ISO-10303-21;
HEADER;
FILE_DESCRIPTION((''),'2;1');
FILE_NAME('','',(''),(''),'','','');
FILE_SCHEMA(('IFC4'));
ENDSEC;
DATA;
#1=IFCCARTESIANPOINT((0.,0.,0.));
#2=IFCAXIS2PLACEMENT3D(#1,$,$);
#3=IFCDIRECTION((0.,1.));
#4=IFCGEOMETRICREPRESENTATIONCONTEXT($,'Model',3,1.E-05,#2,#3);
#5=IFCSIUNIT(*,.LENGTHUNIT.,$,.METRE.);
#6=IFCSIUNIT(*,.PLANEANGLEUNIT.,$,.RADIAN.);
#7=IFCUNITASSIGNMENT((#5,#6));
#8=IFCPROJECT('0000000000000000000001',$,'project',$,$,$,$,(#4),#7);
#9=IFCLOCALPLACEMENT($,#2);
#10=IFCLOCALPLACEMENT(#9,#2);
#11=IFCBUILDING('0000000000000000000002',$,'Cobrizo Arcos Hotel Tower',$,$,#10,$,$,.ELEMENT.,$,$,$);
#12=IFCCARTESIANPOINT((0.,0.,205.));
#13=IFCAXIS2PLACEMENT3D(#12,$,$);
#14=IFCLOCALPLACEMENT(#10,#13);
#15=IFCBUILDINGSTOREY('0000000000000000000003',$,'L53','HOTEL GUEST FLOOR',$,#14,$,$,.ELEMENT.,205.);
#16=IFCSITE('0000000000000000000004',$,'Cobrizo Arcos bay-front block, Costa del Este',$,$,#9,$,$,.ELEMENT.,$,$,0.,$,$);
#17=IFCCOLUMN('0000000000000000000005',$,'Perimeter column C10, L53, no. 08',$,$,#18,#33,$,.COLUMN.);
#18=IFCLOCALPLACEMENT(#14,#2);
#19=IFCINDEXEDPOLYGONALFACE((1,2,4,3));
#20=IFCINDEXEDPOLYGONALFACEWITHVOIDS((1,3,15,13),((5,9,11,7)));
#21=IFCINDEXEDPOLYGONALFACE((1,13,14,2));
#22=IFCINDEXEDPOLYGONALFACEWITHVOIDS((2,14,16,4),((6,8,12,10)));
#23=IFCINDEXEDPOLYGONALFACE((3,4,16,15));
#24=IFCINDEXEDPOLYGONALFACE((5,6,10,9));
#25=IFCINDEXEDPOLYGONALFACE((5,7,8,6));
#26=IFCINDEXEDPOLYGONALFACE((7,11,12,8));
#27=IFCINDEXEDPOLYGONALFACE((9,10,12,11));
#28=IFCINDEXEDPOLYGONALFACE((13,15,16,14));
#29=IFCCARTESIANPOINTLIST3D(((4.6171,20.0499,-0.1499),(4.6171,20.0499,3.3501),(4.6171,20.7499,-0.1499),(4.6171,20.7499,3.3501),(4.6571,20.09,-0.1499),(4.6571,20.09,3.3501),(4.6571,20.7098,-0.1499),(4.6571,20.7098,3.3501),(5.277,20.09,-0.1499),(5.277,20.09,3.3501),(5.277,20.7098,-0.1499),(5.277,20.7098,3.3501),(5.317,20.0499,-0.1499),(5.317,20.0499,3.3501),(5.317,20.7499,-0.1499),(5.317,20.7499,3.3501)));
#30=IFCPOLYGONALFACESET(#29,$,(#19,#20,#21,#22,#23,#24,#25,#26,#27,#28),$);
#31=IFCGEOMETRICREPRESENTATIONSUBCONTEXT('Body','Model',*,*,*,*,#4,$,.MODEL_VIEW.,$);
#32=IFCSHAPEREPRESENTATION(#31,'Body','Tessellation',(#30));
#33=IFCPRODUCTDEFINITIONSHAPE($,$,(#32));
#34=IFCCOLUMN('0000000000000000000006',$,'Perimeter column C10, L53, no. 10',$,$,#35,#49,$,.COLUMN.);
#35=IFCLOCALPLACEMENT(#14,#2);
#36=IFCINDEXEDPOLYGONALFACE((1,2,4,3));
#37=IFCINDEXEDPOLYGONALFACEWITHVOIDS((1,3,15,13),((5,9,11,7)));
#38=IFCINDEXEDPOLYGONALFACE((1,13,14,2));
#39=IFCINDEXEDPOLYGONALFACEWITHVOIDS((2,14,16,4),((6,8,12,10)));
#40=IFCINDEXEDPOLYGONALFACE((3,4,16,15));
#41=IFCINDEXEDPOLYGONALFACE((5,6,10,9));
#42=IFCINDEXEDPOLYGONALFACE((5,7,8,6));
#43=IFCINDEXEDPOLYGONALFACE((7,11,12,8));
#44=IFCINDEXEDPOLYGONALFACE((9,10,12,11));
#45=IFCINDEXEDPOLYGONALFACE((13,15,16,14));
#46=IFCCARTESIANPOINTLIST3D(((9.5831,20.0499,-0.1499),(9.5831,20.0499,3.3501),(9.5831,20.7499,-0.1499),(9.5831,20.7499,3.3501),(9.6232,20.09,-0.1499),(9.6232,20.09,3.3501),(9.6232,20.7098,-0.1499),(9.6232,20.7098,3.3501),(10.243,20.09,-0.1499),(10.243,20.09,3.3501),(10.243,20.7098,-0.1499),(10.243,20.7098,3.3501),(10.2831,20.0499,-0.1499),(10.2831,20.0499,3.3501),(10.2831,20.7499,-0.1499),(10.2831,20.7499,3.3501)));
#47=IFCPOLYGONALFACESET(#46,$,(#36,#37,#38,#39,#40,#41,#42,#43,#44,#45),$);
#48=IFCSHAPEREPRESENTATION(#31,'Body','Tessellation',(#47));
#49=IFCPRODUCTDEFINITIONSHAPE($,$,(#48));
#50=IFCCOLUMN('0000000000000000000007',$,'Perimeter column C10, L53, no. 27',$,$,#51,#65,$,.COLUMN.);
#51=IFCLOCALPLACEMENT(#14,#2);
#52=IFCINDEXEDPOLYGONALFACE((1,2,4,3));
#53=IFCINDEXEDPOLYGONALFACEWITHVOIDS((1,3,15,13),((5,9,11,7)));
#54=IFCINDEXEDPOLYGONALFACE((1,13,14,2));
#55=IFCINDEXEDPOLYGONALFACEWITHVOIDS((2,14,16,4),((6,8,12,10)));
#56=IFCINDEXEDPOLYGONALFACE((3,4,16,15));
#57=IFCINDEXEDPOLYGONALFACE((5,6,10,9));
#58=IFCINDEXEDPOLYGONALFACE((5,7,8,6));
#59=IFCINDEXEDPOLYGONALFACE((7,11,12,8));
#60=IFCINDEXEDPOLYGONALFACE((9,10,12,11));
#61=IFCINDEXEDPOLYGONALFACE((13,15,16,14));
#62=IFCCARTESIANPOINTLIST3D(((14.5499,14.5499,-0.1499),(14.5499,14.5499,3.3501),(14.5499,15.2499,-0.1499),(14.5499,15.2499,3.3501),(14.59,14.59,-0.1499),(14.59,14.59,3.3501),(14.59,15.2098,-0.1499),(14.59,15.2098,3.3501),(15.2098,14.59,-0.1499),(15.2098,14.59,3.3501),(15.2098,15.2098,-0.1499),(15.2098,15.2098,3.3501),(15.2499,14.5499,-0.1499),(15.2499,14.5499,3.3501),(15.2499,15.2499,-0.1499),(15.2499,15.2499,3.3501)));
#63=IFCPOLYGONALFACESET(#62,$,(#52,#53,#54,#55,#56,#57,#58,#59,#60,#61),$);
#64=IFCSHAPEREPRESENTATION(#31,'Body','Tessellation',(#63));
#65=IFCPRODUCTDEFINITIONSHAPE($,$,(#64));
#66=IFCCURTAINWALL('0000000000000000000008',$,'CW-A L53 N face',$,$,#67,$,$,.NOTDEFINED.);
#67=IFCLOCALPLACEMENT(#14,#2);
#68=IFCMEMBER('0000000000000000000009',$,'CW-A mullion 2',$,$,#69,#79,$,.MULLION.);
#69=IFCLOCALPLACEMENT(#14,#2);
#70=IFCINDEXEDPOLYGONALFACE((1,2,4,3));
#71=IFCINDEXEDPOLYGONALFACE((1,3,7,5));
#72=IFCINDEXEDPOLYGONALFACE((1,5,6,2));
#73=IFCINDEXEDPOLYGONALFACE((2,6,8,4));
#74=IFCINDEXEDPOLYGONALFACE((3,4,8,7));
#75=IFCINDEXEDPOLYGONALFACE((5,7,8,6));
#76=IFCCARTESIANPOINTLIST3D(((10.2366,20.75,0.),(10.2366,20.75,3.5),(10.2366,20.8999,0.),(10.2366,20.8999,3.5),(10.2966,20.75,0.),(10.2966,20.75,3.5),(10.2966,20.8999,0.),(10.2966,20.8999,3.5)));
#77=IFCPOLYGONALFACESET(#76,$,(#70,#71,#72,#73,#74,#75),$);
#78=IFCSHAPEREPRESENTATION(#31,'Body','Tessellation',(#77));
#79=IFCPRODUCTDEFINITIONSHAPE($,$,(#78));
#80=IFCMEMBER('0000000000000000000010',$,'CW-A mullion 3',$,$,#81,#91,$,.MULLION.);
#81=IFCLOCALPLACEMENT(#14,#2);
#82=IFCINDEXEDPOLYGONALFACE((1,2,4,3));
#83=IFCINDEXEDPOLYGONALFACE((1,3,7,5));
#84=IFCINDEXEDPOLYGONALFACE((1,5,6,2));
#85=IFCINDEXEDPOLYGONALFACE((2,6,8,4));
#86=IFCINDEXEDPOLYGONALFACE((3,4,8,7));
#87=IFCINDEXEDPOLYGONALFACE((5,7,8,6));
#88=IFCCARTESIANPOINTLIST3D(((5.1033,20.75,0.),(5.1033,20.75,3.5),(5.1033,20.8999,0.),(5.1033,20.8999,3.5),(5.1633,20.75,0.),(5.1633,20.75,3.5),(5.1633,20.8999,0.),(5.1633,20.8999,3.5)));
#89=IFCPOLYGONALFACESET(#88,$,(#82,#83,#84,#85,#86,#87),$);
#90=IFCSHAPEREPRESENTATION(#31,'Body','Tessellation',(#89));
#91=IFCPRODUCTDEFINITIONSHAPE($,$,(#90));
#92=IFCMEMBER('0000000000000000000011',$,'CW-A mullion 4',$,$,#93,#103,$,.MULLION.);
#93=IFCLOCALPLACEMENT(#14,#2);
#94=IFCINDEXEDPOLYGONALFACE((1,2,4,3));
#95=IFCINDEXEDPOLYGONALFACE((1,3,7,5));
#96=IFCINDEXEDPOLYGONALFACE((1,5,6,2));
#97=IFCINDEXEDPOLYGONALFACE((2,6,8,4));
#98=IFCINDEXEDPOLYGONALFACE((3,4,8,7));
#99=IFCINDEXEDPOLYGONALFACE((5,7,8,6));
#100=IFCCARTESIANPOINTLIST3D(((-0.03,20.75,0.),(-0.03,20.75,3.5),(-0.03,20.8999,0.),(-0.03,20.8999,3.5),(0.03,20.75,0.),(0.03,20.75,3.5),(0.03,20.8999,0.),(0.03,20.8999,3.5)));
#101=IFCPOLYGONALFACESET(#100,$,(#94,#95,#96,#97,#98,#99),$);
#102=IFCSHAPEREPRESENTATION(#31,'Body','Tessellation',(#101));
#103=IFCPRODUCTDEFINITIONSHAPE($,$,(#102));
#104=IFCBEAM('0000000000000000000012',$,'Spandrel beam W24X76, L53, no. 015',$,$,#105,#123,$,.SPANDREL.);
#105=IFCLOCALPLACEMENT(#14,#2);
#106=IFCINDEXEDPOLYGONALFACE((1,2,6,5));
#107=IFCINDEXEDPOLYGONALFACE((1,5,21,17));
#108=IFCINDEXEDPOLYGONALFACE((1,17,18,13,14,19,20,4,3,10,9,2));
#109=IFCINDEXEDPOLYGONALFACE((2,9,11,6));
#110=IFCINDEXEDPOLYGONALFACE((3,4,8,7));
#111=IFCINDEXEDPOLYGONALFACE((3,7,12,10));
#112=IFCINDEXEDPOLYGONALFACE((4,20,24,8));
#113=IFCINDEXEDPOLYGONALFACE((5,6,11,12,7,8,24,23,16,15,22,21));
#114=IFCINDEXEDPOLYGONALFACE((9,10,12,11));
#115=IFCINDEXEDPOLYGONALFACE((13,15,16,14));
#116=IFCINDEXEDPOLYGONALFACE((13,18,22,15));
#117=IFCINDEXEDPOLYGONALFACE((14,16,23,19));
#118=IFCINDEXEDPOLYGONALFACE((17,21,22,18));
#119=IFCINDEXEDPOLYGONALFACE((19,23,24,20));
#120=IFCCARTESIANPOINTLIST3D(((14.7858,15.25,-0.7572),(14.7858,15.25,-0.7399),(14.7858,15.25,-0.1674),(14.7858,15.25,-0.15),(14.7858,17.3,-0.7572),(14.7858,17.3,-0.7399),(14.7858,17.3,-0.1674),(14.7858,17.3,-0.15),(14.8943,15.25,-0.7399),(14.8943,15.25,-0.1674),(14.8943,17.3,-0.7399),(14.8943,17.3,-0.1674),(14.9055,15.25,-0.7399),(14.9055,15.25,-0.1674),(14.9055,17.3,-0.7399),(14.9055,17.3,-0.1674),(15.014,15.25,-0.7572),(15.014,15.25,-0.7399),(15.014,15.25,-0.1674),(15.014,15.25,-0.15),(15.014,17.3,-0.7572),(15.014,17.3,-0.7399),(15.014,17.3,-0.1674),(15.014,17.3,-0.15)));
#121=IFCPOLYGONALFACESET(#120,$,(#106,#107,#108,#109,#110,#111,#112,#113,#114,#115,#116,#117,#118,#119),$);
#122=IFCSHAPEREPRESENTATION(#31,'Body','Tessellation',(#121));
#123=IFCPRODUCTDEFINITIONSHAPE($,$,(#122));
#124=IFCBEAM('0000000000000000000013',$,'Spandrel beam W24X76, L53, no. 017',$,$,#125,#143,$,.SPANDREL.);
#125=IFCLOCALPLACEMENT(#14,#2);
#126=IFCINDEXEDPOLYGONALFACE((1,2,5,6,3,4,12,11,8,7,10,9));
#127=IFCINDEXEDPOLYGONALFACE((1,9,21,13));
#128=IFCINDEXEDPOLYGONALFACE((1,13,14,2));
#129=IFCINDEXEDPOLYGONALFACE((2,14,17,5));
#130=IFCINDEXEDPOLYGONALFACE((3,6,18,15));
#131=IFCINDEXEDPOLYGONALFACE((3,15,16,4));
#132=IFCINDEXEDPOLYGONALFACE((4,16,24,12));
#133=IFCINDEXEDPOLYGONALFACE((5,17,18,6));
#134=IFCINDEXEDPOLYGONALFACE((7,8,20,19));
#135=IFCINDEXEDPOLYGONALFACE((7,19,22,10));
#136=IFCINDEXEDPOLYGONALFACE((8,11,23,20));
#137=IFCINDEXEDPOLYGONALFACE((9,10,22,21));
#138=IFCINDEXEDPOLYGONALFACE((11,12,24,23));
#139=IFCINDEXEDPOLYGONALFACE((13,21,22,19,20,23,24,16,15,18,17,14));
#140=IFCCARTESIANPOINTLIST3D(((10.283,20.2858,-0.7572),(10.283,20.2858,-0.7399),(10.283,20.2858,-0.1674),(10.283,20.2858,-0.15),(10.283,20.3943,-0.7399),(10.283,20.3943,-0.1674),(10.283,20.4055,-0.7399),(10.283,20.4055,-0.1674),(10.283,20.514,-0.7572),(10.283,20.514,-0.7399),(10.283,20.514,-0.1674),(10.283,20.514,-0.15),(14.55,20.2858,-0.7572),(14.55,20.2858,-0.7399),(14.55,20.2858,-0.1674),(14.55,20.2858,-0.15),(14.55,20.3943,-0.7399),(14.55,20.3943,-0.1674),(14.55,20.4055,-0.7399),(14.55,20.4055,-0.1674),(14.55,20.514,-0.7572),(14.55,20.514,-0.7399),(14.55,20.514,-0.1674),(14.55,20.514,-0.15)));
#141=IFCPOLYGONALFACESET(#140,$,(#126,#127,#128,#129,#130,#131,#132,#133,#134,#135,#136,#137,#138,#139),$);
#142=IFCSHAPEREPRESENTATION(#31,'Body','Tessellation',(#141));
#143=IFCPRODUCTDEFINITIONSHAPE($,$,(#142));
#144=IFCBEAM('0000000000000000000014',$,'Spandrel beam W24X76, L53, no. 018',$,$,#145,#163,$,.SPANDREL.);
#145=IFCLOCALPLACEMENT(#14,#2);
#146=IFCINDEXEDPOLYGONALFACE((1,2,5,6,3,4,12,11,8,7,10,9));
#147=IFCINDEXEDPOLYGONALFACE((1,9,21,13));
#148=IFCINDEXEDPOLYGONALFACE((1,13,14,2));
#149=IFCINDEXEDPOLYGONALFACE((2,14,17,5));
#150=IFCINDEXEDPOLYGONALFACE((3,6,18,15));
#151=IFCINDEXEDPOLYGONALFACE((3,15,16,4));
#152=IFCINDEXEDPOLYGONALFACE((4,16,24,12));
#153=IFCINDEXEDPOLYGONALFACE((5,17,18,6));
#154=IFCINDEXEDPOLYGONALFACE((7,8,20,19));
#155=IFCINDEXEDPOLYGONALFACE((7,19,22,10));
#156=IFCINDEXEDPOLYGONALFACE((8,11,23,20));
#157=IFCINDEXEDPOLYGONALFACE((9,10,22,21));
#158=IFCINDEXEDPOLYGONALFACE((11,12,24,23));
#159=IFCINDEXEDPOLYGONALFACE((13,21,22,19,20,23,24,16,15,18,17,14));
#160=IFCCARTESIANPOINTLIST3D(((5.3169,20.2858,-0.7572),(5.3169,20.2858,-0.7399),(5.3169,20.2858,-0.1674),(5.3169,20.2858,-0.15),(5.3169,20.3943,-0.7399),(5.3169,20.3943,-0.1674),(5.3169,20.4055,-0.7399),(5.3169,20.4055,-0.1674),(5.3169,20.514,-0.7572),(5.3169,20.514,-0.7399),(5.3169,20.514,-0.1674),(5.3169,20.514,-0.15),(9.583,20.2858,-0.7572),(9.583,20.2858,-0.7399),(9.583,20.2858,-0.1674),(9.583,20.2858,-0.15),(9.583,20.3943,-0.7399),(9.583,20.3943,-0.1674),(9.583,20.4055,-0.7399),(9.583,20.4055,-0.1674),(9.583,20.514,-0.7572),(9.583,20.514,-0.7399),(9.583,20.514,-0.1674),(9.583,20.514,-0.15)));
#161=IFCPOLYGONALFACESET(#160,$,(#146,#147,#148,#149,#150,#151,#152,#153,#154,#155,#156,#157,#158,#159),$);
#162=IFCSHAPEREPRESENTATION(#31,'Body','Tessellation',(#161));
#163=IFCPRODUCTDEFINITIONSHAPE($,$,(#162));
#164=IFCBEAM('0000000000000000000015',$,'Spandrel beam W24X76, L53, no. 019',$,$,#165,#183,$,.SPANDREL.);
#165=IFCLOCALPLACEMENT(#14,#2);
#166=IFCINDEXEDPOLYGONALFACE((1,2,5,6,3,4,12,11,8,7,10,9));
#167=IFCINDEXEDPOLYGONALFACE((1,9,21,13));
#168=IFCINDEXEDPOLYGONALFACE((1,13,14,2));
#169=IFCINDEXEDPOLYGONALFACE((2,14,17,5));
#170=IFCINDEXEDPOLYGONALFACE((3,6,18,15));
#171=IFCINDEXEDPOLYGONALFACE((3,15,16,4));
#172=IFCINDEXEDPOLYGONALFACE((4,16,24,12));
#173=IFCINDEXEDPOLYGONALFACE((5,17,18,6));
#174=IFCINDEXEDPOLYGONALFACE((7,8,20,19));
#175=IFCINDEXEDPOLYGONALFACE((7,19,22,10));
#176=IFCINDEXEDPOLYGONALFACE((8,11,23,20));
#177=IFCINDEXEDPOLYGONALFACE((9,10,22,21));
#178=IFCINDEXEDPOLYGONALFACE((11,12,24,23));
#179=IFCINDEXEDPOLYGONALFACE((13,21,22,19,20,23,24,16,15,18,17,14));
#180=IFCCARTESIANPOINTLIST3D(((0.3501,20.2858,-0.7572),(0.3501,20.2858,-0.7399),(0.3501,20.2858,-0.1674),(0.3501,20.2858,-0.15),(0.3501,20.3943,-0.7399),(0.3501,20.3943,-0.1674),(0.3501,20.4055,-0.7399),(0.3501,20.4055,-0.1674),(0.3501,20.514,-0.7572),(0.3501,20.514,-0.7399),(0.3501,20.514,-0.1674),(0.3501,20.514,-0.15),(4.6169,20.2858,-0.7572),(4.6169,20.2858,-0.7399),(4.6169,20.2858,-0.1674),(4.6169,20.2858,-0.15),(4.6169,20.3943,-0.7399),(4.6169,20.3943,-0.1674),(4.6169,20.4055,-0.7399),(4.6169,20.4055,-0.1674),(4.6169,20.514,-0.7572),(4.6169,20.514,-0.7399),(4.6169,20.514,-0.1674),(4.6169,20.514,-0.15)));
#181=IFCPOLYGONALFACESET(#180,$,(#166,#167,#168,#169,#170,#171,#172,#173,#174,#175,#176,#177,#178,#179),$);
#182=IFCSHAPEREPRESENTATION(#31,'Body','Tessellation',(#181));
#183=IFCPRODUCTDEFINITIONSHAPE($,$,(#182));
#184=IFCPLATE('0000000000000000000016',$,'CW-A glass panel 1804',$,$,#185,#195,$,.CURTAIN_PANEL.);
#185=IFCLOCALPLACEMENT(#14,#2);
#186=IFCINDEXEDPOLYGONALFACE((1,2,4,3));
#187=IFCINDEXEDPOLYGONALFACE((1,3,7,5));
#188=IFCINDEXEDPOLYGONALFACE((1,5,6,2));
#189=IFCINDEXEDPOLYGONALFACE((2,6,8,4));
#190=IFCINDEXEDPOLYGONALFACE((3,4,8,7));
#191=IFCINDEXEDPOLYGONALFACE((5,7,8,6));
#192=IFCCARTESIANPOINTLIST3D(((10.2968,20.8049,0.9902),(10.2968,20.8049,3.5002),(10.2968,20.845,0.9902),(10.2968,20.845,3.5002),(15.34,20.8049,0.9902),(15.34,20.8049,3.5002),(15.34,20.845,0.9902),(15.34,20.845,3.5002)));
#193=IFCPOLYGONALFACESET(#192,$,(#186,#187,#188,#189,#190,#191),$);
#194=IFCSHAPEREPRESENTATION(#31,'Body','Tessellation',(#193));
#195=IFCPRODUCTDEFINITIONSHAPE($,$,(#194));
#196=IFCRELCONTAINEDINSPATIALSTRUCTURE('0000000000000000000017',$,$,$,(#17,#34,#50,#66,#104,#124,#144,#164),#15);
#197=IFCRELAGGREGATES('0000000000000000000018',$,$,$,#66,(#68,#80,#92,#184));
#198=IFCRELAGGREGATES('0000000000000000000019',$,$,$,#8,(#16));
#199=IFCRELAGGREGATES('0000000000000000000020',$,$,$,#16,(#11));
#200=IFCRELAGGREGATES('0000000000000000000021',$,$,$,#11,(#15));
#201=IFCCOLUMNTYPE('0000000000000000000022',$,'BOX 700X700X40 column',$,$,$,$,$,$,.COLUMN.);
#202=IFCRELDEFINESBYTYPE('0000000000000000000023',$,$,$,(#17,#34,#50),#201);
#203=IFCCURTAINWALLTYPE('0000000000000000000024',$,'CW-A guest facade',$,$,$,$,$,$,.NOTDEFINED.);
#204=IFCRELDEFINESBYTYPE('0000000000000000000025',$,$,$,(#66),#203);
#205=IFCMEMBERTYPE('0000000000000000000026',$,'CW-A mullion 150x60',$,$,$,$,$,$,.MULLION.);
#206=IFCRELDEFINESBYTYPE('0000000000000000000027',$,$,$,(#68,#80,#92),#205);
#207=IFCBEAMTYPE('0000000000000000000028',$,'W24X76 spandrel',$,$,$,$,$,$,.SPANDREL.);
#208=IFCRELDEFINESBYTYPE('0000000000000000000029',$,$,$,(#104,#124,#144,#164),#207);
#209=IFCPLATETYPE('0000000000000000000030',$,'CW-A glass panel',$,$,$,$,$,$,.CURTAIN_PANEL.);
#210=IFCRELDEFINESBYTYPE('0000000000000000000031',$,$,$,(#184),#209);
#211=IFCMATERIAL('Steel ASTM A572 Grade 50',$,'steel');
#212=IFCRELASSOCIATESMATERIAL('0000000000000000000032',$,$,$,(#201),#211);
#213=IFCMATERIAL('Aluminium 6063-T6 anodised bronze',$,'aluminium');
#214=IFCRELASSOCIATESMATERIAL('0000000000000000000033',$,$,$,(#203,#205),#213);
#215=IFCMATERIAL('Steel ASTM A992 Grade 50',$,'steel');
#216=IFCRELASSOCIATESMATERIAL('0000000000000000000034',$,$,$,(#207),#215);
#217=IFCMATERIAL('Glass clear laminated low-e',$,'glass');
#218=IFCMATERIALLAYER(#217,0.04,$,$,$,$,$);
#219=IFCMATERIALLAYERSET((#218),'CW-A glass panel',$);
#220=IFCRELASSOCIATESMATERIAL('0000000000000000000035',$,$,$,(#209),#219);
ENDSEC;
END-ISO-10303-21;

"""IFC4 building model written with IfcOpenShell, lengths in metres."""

from ifc_helpers import new_model, si_unit, direction, frame, origin, origin_2d, place, context, subcontext, project, spatial, rectangle, hollow_rectangle, i_section, extrude, material, layer, layer_set, material_profile, profile_set, type_object, element, aggregate, save


model = new_model("IFC4")

# Units and contexts
model_context = context("Model", 3, precision=1e-05, world=origin(), true_north=direction((0.0, 1.0)))
body_context = subcontext(model_context, "Body", "Model", "MODEL_VIEW")
ifc_project = project(units=[si_unit("LENGTHUNIT", "METRE"), si_unit("PLANEANGLEUNIT", "RADIAN")], contexts=[model_context])

# Site, building, storey
site_placement = place(None, origin())
site = spatial("IfcSite", under=ifc_project, at=site_placement, Name="Cobrizo Arcos bay-front block, Costa del Este", CompositionType="ELEMENT", RefElevation=0.0)
building_placement = place(site_placement, origin())
building = spatial("IfcBuilding", under=site, at=building_placement, Name="Cobrizo Arcos Hotel Tower", CompositionType="ELEMENT")
storey_placement = place(building_placement, frame((0.0, 0.0, 205.0)))
storey = spatial("IfcBuildingStorey", under=building, at=storey_placement, Name="L53", Description="HOTEL GUEST FLOOR", CompositionType="ELEMENT", Elevation=205.0)

# Columns
ifc_material_1 = material(Name="Steel ASTM A572 Grade 50", Category="steel")
ifc_material_profile_1 = material_profile(ifc_material_1, hollow_rectangle(XDim=0.7, YDim=0.7, WallThickness=0.04, at=origin_2d()), Name="BOX 700X700X40")
ifc_profile_set_1 = profile_set([ifc_material_profile_1], Name="Steel ASTM A572 Grade 50")
column_type = type_object("IfcColumnType", Name="BOX 700X700X40 column", PredefinedType="COLUMN", material=ifc_profile_set_1)
for number, where, z_axis, x_axis, name in (
    (1, (4.967, 20.3999, -0.1499), (0.0, 0.0, 1.0), (1.0, 0.0, 0.0), "Perimeter column C10, L53, no. 08"),
    (2, (9.9331, 20.3999, -0.1499), (0.0, 0.0, 1.0), (1.0, 0.0, 0.0), "Perimeter column C10, L53, no. 10"),
    (3, (14.8999, 14.8999, -0.1499), (0.0, 0.0, 1.0), (1.0, 0.0, 0.0), "Perimeter column C10, L53, no. 27"),
):
    element("IfcColumn", number, at=place(storey_placement, frame(where, z_axis=z_axis, x_axis=x_axis)), inside=storey, type_object=column_type, Name=name, PredefinedType="COLUMN", context=body_context, shape_type="SweptSolid", body=[
        extrude(hollow_rectangle(XDim=0.7, YDim=0.7, WallThickness=0.04, at=origin_2d()), origin(), (0.0, 0.0, 1.0), 3.5),
    ])

# Curtain wall, members
ifc_material_2 = material(Name="Aluminium 6063-T6 anodised bronze", Category="aluminium")
curtain_wall_type = type_object("IfcCurtainWallType", Name="CW-A guest facade", PredefinedType="NOTDEFINED", material=ifc_material_2)
curtain_wall_placement = place(storey_placement, origin())
curtain_wall = element("IfcCurtainWall", 4, at=curtain_wall_placement, inside=storey, type_object=curtain_wall_type, Name="CW-A L53 N face", PredefinedType="NOTDEFINED")
ifc_material_profile_2 = material_profile(ifc_material_2, rectangle(XDim=0.1499, YDim=0.0601, at=origin_2d()), Name="CW-A mullion 150x60")
ifc_profile_set_2 = profile_set([ifc_material_profile_2], Name="Aluminium 6063-T6 anodised bronze")
member_type = type_object("IfcMemberType", Name="CW-A mullion 150x60", PredefinedType="MULLION", material=ifc_profile_set_2)
member_1_placement = place(storey_placement, frame((10.2666, 20.825, 0.0), z_axis=(0.0, 0.0, 1.0), x_axis=(0.0, 1.0, 0.0)))
member_1 = element("IfcMember", 5, at=member_1_placement, type_object=member_type, Name="CW-A mullion 2", PredefinedType="MULLION", context=body_context, shape_type="SweptSolid", body=[
    extrude(rectangle(XDim=0.1499, YDim=0.0601, at=origin_2d()), origin(), (0.0, 0.0, 1.0), 3.5),
])
member_2_placement = place(storey_placement, frame((5.1333, 20.825, 0.0), z_axis=(0.0, 0.0, 1.0), x_axis=(0.0, 1.0, 0.0)))
member_2 = element("IfcMember", 6, at=member_2_placement, type_object=member_type, Name="CW-A mullion 3", PredefinedType="MULLION", context=body_context, shape_type="SweptSolid", body=[
    extrude(rectangle(XDim=0.1499, YDim=0.0601, at=origin_2d()), origin(), (0.0, 0.0, 1.0), 3.5),
])
member_3_placement = place(storey_placement, frame((0.0, 20.825, 0.0), z_axis=(0.0, 0.0, 1.0), x_axis=(0.0, 1.0, 0.0)))
member_3 = element("IfcMember", 7, at=member_3_placement, type_object=member_type, Name="CW-A mullion 4", PredefinedType="MULLION", context=body_context, shape_type="SweptSolid", body=[
    extrude(rectangle(XDim=0.1499, YDim=0.0601, at=origin_2d()), origin(), (0.0, 0.0, 1.0), 3.5),
])

# Beams
ifc_material_3 = material(Name="Steel ASTM A992 Grade 50", Category="steel")
ifc_material_profile_3 = material_profile(ifc_material_3, i_section(OverallWidth=0.2283, OverallDepth=0.6072, WebThickness=0.0112, FlangeThickness=0.0173, at=origin_2d()), Name="W24X76")
ifc_profile_set_3 = profile_set([ifc_material_profile_3], Name="Steel ASTM A992 Grade 50")
beam_type = type_object("IfcBeamType", Name="W24X76 spandrel", PredefinedType="SPANDREL", material=ifc_profile_set_3)
beam_1_placement = place(storey_placement, frame((14.8999, 15.25, -0.4536), z_axis=(0.0, 1.0, 0.0), x_axis=(-1.0, 0.0, 0.0)))
element("IfcBeam", 8, at=beam_1_placement, inside=storey, type_object=beam_type, Name="Spandrel beam W24X76, L53, no. 015", PredefinedType="SPANDREL", context=body_context, shape_type="SweptSolid", body=[
    extrude(i_section(OverallWidth=0.2283, OverallDepth=0.6072, WebThickness=0.0112, FlangeThickness=0.0173, at=origin_2d()), origin(), (0.0, 0.0, 1.0), 2.05),
])
beam_2_placement = place(storey_placement, frame((14.55, 20.3999, -0.4536), z_axis=(-1.0, 0.0, 0.0), x_axis=(0.0, -1.0, 0.0)))
element("IfcBeam", 9, at=beam_2_placement, inside=storey, type_object=beam_type, Name="Spandrel beam W24X76, L53, no. 017", PredefinedType="SPANDREL", context=body_context, shape_type="SweptSolid", body=[
    extrude(i_section(OverallWidth=0.2283, OverallDepth=0.6072, WebThickness=0.0112, FlangeThickness=0.0173, at=origin_2d()), origin(), (0.0, 0.0, 1.0), 4.2671),
])
beam_3_placement = place(storey_placement, frame((9.583, 20.3999, -0.4536), z_axis=(-1.0, 0.0, 0.0), x_axis=(0.0, -1.0, 0.0)))
element("IfcBeam", 10, at=beam_3_placement, inside=storey, type_object=beam_type, Name="Spandrel beam W24X76, L53, no. 018", PredefinedType="SPANDREL", context=body_context, shape_type="SweptSolid", body=[
    extrude(i_section(OverallWidth=0.2283, OverallDepth=0.6072, WebThickness=0.0112, FlangeThickness=0.0173, at=origin_2d()), origin(), (0.0, 0.0, 1.0), 4.2661),
])
beam_4_placement = place(storey_placement, frame((4.6169, 20.3999, -0.4536), z_axis=(-1.0, 0.0, 0.0), x_axis=(0.0, -1.0, 0.0)))
element("IfcBeam", 11, at=beam_4_placement, inside=storey, type_object=beam_type, Name="Spandrel beam W24X76, L53, no. 019", PredefinedType="SPANDREL", context=body_context, shape_type="SweptSolid", body=[
    extrude(i_section(OverallWidth=0.2283, OverallDepth=0.6072, WebThickness=0.0112, FlangeThickness=0.0173, at=origin_2d()), origin(), (0.0, 0.0, 1.0), 4.2668),
])

# Plate
ifc_material_4 = material(Name="Glass clear laminated low-e", Category="glass")
ifc_layer_1 = layer(ifc_material_4, 0.04)
ifc_layer_set_1 = layer_set([ifc_layer_1], Name="CW-A glass panel")
plate_type_1 = type_object("IfcPlateType", Name="CW-A glass panel", PredefinedType="CURTAIN_PANEL", material=ifc_layer_set_1)
plate_1_placement = place(storey_placement, frame((12.8184, 20.825, 0.9902), z_axis=(0.0, 0.0, 1.0), x_axis=(-1.0, 0.0, 0.0)))
plate_1 = element("IfcPlate", 12, at=plate_1_placement, type_object=plate_type_1, Name="CW-A glass panel 1804", PredefinedType="CURTAIN_PANEL", context=body_context, shape_type="SweptSolid", body=[
    extrude(rectangle(XDim=5.0432, YDim=0.04, at=origin_2d()), origin(), (0.0, 0.0, 1.0), 2.51),
])
aggregate(curtain_wall, [member_1, member_2, member_3, plate_1])

save(model, "model.ifc")
